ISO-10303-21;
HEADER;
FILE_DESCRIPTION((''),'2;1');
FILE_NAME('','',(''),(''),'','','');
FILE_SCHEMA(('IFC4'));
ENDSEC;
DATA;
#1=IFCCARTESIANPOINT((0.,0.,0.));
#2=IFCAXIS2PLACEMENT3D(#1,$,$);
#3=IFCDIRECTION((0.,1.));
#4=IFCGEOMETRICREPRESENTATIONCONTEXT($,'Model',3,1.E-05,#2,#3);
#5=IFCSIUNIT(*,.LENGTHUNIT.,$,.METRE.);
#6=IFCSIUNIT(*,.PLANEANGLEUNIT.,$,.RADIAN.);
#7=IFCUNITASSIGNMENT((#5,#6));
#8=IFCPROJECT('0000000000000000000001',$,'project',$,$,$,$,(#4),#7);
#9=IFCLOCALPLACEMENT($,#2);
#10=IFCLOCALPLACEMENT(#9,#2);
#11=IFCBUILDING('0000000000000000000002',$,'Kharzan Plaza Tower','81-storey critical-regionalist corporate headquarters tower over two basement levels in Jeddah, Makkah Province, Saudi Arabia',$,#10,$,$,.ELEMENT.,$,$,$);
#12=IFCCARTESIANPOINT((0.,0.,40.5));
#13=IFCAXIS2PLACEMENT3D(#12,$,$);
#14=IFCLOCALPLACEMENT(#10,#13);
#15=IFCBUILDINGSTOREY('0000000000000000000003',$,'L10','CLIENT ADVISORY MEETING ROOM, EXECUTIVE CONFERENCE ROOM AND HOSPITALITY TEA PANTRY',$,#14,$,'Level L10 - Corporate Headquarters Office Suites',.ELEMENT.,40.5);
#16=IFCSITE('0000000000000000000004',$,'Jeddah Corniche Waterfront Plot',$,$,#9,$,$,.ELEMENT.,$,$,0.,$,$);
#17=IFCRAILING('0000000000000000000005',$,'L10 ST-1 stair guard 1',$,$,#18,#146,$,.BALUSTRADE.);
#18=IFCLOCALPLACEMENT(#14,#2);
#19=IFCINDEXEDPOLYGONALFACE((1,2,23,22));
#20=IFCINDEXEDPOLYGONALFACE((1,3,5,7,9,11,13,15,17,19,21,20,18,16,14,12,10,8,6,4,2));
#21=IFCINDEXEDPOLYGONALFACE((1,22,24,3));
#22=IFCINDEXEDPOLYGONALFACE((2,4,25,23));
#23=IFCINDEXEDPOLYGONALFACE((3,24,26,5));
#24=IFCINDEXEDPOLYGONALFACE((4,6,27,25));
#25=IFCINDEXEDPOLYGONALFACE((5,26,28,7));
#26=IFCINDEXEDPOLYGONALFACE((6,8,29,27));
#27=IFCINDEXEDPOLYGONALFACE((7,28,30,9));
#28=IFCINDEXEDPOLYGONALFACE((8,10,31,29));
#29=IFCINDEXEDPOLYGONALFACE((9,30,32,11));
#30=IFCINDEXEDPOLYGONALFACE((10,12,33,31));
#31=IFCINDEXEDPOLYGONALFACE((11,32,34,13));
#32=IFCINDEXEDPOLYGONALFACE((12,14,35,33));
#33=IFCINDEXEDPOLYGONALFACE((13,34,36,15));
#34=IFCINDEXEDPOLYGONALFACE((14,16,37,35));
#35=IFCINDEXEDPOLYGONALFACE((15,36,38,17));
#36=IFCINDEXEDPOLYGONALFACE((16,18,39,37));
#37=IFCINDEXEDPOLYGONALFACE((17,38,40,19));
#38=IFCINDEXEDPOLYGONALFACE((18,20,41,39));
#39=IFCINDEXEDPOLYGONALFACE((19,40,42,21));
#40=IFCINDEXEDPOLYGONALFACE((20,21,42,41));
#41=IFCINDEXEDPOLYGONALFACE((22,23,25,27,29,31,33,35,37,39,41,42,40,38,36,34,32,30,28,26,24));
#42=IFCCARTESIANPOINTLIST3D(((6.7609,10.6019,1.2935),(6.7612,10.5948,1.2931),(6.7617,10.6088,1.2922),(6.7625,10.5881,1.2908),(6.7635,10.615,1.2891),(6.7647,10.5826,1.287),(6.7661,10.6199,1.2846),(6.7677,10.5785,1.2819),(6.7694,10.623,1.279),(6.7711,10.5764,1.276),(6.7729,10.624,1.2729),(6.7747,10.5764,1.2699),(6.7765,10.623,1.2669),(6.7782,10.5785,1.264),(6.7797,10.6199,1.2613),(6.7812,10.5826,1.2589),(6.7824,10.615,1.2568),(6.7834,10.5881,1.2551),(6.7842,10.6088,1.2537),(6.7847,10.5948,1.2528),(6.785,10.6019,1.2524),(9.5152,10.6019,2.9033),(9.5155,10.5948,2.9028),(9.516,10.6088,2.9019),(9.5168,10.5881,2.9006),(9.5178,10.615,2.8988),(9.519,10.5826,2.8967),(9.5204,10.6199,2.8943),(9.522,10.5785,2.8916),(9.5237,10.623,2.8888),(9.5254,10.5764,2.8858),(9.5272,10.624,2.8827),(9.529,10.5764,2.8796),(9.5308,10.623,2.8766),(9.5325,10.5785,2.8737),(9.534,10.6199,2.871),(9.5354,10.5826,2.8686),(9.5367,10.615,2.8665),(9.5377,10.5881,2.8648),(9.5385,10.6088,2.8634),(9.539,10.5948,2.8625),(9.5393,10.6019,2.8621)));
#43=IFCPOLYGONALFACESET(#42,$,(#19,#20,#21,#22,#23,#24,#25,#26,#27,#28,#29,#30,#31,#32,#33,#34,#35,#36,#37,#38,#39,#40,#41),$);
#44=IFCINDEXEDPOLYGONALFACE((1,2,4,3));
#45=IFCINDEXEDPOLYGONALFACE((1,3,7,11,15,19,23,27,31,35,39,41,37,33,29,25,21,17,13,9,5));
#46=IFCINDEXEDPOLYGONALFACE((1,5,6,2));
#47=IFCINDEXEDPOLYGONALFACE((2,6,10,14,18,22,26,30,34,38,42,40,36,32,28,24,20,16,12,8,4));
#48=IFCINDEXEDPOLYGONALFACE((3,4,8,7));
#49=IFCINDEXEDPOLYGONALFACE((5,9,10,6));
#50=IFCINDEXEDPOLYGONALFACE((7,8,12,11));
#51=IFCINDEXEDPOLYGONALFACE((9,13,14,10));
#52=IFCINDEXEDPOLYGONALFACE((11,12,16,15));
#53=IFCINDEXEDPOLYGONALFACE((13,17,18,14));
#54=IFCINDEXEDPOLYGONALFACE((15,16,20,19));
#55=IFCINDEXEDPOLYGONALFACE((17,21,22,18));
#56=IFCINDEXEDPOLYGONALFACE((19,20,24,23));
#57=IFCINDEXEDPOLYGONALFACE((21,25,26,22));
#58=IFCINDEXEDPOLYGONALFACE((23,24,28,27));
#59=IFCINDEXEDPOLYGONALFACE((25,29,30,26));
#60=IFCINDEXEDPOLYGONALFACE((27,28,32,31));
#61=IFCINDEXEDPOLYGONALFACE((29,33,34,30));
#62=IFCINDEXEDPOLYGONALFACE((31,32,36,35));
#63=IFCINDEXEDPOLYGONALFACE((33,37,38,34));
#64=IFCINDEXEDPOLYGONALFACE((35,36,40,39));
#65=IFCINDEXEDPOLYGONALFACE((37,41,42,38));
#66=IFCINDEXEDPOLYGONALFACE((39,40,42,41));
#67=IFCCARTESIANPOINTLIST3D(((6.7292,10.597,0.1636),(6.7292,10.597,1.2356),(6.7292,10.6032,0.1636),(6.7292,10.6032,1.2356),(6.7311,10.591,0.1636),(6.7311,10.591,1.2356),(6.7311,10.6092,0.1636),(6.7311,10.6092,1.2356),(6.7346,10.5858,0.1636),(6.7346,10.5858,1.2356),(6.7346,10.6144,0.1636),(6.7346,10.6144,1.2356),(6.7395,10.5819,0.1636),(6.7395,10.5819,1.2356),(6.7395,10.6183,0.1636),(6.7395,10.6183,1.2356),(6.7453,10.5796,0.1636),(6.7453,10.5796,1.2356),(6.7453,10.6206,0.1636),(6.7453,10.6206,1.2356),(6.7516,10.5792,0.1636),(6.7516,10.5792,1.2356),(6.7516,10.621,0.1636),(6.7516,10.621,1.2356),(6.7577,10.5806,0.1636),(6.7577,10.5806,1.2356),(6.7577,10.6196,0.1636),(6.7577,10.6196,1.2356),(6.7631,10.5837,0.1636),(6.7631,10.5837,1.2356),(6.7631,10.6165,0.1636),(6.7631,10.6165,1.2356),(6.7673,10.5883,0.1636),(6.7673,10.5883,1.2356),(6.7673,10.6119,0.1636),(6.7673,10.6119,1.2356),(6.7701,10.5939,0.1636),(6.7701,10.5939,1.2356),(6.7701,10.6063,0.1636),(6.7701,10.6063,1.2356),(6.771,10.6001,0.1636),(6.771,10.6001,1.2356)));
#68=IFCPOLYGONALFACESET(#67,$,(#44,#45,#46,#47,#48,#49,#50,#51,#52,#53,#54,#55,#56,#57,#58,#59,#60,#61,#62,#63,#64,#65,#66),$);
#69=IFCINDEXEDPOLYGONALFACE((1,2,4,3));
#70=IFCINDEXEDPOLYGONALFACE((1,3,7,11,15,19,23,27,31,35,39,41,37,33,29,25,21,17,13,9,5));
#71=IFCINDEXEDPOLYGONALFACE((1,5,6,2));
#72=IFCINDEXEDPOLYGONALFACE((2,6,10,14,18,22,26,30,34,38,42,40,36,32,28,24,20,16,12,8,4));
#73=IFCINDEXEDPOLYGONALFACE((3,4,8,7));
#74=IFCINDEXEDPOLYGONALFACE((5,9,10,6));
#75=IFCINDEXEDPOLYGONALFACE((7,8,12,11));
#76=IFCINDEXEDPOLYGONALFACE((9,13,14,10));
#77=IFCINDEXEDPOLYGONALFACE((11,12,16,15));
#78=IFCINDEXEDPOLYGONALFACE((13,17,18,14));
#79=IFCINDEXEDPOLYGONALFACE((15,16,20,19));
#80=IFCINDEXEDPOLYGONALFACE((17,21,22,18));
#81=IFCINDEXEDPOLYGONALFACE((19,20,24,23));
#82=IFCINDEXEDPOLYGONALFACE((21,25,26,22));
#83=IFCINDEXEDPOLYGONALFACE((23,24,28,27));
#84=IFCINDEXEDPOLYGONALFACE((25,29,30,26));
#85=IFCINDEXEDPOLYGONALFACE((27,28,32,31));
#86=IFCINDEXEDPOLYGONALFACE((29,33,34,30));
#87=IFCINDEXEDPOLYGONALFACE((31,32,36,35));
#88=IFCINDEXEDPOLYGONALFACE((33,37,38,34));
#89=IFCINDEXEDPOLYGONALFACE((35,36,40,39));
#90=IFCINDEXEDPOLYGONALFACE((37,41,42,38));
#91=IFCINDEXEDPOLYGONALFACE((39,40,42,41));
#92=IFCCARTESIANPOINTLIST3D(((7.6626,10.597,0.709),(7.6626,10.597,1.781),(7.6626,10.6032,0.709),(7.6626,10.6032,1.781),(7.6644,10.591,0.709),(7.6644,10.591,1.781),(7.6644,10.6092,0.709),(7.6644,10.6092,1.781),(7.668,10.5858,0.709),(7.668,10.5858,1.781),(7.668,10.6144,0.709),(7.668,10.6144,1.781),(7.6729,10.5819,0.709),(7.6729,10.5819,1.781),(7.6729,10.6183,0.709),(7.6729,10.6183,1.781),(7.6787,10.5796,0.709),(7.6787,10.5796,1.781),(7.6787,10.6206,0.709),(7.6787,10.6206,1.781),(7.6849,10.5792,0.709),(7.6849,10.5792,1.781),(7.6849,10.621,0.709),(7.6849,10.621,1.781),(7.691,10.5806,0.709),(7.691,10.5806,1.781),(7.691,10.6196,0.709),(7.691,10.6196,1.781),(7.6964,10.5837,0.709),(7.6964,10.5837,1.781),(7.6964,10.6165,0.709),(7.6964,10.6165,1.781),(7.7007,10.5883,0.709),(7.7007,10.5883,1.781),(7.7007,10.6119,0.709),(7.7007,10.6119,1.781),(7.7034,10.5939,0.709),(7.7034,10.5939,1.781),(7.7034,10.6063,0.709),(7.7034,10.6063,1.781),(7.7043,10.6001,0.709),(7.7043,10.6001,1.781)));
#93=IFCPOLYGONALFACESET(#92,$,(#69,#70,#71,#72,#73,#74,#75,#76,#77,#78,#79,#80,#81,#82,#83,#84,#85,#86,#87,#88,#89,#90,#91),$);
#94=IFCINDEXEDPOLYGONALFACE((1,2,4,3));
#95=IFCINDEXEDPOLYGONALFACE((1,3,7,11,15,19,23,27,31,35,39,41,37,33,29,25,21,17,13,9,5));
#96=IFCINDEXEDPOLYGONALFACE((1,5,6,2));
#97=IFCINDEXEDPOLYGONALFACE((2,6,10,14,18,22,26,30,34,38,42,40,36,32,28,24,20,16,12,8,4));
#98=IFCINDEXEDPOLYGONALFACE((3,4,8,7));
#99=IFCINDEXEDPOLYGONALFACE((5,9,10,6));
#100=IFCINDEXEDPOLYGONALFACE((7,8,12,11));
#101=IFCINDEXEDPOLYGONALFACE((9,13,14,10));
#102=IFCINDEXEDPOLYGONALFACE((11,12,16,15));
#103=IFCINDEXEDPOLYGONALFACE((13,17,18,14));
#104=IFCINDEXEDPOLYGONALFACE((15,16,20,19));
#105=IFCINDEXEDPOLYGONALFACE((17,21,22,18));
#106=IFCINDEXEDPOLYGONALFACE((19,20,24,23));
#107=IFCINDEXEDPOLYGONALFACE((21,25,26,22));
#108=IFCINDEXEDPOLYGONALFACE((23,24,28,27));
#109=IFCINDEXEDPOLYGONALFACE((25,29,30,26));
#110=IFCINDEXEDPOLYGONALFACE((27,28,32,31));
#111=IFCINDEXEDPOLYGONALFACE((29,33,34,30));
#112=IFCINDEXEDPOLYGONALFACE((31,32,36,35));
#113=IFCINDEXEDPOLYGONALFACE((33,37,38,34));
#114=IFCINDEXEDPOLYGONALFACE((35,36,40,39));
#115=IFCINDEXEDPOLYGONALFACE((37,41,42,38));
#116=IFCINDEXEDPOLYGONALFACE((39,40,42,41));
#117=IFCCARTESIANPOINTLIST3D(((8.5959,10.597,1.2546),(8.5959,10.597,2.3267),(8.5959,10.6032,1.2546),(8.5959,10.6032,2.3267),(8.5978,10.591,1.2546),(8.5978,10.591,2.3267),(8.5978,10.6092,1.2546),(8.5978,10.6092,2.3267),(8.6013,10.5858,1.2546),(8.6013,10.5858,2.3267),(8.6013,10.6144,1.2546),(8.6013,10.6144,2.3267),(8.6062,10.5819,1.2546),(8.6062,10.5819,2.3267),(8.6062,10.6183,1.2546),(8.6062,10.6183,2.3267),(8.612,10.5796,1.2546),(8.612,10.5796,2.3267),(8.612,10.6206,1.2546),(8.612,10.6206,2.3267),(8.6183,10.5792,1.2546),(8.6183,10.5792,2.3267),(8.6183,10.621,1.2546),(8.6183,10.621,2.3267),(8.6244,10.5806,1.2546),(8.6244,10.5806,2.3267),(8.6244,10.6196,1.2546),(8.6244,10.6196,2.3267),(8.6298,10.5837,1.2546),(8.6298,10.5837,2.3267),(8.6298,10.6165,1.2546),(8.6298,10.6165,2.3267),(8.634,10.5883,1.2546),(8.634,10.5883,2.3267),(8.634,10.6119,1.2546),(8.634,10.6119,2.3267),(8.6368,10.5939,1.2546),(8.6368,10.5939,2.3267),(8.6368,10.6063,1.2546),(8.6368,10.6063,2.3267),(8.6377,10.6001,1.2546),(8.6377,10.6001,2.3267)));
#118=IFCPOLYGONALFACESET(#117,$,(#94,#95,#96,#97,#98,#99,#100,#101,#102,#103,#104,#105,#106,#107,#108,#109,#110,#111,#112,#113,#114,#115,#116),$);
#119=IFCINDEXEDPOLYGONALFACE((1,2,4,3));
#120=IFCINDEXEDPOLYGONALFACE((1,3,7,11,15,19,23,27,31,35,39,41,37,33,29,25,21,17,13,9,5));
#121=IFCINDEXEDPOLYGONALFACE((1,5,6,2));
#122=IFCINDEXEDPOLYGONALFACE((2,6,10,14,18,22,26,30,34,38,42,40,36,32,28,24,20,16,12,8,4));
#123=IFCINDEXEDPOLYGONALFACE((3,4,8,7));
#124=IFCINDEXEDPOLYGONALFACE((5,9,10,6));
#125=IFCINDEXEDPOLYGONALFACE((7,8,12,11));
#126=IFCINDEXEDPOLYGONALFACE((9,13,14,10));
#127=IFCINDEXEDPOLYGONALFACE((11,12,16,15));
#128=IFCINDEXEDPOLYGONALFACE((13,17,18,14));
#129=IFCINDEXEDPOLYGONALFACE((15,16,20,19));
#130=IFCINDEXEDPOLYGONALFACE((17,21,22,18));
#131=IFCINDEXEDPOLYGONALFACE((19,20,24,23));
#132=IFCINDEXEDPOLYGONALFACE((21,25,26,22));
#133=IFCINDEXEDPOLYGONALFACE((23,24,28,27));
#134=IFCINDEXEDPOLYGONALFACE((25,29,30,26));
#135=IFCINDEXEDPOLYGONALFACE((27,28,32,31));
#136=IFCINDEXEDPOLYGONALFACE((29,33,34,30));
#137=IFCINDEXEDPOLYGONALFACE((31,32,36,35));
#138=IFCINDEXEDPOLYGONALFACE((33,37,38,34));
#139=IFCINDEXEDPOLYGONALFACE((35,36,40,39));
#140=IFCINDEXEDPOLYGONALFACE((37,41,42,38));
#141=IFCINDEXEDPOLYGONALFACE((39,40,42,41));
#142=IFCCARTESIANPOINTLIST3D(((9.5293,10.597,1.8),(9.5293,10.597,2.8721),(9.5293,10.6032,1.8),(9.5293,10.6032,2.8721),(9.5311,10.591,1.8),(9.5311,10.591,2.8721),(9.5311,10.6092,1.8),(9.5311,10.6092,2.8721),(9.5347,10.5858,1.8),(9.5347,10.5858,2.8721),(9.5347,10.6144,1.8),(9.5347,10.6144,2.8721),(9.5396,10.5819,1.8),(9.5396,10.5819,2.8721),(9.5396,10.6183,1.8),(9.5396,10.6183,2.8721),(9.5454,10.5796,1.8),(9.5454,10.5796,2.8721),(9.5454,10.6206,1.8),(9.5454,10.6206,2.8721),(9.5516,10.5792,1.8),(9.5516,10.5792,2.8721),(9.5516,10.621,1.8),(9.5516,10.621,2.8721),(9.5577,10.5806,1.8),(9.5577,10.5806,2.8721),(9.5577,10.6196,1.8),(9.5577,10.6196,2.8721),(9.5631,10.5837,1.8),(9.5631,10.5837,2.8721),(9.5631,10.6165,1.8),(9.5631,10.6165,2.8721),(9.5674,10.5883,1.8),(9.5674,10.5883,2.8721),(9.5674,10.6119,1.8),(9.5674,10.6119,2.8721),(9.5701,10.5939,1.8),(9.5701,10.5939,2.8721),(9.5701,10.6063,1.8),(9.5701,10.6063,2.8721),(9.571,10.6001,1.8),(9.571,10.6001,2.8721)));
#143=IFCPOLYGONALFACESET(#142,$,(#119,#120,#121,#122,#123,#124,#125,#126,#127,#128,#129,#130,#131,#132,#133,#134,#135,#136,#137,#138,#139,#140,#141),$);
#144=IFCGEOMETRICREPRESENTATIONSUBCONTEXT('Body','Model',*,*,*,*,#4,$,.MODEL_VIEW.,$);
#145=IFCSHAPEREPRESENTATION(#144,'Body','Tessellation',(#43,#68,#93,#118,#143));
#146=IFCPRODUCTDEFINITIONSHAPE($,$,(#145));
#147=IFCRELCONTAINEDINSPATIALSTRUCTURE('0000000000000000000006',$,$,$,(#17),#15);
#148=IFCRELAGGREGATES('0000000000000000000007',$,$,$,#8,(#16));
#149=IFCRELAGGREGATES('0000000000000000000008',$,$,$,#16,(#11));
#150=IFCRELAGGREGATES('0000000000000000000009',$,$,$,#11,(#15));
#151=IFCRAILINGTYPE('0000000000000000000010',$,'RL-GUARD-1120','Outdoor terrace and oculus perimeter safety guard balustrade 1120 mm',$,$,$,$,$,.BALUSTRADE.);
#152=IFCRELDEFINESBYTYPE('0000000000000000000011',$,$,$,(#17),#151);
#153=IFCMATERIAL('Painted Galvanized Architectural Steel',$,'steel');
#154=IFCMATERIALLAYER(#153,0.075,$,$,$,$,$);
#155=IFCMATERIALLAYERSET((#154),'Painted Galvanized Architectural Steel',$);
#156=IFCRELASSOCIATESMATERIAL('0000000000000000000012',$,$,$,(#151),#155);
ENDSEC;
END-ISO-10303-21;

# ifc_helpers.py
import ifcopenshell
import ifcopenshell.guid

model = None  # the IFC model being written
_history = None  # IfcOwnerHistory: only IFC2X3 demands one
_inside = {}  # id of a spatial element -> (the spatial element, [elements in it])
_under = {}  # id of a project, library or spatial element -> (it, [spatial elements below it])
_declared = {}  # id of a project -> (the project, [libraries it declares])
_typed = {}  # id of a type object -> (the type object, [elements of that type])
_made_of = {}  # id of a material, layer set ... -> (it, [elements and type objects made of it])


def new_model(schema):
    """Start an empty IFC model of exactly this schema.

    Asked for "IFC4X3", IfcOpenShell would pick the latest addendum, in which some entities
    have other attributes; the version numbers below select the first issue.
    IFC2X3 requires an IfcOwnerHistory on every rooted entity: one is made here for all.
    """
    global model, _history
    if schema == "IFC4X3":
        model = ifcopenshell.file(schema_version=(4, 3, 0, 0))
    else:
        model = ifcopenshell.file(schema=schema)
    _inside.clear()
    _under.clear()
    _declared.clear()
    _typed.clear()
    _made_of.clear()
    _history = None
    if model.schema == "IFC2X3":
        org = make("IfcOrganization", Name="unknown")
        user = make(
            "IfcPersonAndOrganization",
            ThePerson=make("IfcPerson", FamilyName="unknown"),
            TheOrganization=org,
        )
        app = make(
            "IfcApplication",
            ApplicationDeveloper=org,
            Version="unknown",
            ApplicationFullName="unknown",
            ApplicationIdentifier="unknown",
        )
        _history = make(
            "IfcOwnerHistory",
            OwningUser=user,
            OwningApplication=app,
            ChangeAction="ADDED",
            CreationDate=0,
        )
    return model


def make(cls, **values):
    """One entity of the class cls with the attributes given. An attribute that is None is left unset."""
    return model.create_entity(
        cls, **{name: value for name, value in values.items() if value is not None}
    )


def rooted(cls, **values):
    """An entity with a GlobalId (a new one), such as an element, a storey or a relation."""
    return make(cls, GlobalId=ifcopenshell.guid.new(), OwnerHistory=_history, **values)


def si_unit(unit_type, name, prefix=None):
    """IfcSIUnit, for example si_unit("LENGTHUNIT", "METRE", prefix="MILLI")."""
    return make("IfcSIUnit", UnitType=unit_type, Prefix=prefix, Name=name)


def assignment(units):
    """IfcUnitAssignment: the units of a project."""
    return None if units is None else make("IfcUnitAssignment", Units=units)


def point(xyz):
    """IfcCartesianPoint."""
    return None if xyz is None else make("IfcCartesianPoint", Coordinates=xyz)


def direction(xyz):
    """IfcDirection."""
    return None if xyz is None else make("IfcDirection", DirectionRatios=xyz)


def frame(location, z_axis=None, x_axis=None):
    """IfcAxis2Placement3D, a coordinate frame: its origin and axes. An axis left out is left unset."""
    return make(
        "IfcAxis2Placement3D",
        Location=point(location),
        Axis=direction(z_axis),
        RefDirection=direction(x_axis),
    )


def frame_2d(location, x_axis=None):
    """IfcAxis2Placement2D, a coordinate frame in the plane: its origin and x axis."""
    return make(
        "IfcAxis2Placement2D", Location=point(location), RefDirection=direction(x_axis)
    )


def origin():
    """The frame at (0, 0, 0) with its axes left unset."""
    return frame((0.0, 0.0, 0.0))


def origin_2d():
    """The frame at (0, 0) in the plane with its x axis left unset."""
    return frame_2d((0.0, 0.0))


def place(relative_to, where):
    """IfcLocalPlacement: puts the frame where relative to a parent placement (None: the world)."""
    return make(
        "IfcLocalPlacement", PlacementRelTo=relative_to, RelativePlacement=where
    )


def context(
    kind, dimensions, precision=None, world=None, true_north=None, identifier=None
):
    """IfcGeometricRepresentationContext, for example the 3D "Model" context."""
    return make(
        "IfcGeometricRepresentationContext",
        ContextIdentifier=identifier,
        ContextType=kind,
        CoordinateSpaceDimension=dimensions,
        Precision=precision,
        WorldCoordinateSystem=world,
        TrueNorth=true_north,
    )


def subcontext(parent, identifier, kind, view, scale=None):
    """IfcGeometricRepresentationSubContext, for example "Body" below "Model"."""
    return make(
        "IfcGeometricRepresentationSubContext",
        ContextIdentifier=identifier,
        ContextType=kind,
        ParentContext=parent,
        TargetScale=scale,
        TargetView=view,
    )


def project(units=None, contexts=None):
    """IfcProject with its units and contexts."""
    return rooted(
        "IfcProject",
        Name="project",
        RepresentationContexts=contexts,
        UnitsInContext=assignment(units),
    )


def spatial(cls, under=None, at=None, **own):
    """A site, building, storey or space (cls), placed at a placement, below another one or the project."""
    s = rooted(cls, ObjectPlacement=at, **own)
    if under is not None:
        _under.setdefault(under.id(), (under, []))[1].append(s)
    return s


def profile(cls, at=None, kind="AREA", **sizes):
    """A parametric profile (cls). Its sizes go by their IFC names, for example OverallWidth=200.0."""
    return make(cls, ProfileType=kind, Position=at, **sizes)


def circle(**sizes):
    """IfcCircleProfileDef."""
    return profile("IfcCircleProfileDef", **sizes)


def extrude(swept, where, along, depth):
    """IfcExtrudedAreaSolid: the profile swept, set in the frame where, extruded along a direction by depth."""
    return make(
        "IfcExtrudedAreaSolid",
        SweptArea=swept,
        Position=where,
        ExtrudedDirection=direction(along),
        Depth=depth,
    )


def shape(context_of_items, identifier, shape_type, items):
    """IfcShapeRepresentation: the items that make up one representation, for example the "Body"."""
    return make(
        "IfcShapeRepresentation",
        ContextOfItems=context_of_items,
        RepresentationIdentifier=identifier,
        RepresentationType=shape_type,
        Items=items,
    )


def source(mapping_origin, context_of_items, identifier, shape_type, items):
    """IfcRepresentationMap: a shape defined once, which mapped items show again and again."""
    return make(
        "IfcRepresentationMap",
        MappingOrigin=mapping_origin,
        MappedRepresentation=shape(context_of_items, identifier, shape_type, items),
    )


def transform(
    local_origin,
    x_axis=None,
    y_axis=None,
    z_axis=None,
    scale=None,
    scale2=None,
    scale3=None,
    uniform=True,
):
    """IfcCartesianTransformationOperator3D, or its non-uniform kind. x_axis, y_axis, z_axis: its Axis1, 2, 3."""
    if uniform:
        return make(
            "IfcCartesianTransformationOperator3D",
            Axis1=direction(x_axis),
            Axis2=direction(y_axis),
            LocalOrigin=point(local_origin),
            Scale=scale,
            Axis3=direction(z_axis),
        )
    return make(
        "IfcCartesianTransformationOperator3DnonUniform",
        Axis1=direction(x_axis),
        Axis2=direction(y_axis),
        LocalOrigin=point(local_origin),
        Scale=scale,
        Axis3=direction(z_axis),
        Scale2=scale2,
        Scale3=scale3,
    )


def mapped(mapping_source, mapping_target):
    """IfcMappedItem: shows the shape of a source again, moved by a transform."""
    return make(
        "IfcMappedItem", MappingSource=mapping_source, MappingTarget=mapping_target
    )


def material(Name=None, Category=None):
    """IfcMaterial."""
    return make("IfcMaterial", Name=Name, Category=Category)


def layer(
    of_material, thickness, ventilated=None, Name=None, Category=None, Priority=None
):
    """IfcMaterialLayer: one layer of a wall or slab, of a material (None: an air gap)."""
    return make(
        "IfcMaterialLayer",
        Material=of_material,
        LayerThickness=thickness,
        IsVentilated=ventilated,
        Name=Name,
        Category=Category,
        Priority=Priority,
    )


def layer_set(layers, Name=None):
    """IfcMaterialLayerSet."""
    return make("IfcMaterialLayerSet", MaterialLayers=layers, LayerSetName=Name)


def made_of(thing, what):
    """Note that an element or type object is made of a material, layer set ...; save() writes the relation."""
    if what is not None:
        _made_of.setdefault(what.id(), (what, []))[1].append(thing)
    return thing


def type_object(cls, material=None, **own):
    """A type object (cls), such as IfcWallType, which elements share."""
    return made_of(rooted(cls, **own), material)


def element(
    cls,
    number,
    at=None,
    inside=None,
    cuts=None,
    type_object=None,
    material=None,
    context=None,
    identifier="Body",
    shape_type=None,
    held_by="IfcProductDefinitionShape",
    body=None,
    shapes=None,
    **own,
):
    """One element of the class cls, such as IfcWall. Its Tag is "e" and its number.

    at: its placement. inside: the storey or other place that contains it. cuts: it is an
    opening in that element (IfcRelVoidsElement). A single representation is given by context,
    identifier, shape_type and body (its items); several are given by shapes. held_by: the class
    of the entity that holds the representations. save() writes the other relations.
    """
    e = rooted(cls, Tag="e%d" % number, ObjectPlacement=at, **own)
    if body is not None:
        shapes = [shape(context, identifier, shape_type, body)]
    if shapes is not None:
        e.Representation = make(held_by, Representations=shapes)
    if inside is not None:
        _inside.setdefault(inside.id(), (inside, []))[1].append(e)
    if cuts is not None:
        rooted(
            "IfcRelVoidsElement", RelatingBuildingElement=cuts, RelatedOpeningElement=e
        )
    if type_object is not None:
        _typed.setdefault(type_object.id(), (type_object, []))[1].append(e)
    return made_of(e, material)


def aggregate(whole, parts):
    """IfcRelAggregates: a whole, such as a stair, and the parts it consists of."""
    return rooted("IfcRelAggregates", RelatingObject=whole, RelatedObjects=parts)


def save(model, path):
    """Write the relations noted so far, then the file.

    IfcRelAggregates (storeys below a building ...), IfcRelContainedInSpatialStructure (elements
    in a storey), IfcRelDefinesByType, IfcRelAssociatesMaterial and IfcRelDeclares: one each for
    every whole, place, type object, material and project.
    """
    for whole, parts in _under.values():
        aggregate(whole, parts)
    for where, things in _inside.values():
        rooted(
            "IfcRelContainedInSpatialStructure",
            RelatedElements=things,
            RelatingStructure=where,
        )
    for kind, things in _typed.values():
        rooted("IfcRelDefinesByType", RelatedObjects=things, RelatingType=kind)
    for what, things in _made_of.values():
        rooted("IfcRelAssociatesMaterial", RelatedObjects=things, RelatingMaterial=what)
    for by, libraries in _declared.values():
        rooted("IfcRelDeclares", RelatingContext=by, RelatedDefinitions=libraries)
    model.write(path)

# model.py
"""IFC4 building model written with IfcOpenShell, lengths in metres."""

from ifc_helpers import new_model, si_unit, direction, frame, origin, origin_2d, place, context, subcontext, project, spatial, circle, extrude, source, transform, mapped, material, layer, layer_set, type_object, element, save


model = new_model("IFC4")

# Units and contexts
model_context = context("Model", 3, precision=1e-05, world=origin(), true_north=direction((0.0, 1.0)))
body_context = subcontext(model_context, "Body", "Model", "MODEL_VIEW")
ifc_project = project(units=[si_unit("LENGTHUNIT", "METRE"), si_unit("PLANEANGLEUNIT", "RADIAN")], contexts=[model_context])

# Site, building, storey
site_placement = place(None, origin())
site = spatial("IfcSite", under=ifc_project, at=site_placement, Name="Jeddah Corniche Waterfront Plot", CompositionType="ELEMENT", RefElevation=0.0)
building_placement = place(site_placement, origin())
building = spatial("IfcBuilding", under=site, at=building_placement, Name="Kharzan Plaza Tower", Description="81-storey critical-regionalist corporate headquarters tower over two basement levels in Jeddah, Makkah Province, Saudi Arabia", CompositionType="ELEMENT")
storey_placement = place(building_placement, frame((0.0, 0.0, 40.5)))
storey = spatial("IfcBuildingStorey", under=building, at=storey_placement, Name="L10", Description="CLIENT ADVISORY MEETING ROOM, EXECUTIVE CONFERENCE ROOM AND HOSPITALITY TEA PANTRY", LongName="Level L10 - Corporate Headquarters Office Suites", CompositionType="ELEMENT", Elevation=40.5)

# Railing
ifc_material_1 = material(Name="Painted Galvanized Architectural Steel", Category="steel")
ifc_layer_1 = layer(ifc_material_1, 0.075)
ifc_layer_set_1 = layer_set([ifc_layer_1], Name="Painted Galvanized Architectural Steel")
railing_type_1 = type_object("IfcRailingType", Name="RL-GUARD-1120", Description="Outdoor terrace and oculus perimeter safety guard balustrade 1120 mm", PredefinedType="BALUSTRADE", material=ifc_layer_set_1)
shared_shape_1 = source(origin(), body_context, "Body", "SweptSolid", [
    extrude(circle(Radius=0.0239, at=origin_2d()), frame((0.0229, 0.0, 1.1094), z_axis=(0.863361, 0.0, 0.504587), x_axis=(0.0, 1.0, 0.0)), (0.0, 0.0, 1.0), 3.1902),
    extrude(circle(Radius=0.021, at=origin_2d()), origin(), (0.0, 0.0, 1.0), 1.072),
    extrude(circle(Radius=0.021, at=origin_2d()), frame((0.9333, 0.0, 0.5454)), (0.0, 0.0, 1.0), 1.072),
    extrude(circle(Radius=0.021, at=origin_2d()), frame((1.8667, 0.0, 1.0911)), (0.0, 0.0, 1.0), 1.072),
    extrude(circle(Radius=0.021, at=origin_2d()), frame((2.8, 0.0, 1.6365)), (0.0, 0.0, 1.0), 1.072),
])
railing_1_placement = place(storey_placement, frame((6.75, 10.6001, 0.1636)))
element("IfcRailing", 1, at=railing_1_placement, inside=storey, type_object=railing_type_1, Name="L10 ST-1 stair guard 1", PredefinedType="BALUSTRADE", context=body_context, shape_type="MappedRepresentation", body=[
    mapped(shared_shape_1, transform((0.0, 0.0, 0.0), x_axis=(1.0, 0.0, 0.0), y_axis=(0.0, 1.0, 0.0), z_axis=(0.0, 0.0, 1.0))),
])

save(model, "model.ifc")
